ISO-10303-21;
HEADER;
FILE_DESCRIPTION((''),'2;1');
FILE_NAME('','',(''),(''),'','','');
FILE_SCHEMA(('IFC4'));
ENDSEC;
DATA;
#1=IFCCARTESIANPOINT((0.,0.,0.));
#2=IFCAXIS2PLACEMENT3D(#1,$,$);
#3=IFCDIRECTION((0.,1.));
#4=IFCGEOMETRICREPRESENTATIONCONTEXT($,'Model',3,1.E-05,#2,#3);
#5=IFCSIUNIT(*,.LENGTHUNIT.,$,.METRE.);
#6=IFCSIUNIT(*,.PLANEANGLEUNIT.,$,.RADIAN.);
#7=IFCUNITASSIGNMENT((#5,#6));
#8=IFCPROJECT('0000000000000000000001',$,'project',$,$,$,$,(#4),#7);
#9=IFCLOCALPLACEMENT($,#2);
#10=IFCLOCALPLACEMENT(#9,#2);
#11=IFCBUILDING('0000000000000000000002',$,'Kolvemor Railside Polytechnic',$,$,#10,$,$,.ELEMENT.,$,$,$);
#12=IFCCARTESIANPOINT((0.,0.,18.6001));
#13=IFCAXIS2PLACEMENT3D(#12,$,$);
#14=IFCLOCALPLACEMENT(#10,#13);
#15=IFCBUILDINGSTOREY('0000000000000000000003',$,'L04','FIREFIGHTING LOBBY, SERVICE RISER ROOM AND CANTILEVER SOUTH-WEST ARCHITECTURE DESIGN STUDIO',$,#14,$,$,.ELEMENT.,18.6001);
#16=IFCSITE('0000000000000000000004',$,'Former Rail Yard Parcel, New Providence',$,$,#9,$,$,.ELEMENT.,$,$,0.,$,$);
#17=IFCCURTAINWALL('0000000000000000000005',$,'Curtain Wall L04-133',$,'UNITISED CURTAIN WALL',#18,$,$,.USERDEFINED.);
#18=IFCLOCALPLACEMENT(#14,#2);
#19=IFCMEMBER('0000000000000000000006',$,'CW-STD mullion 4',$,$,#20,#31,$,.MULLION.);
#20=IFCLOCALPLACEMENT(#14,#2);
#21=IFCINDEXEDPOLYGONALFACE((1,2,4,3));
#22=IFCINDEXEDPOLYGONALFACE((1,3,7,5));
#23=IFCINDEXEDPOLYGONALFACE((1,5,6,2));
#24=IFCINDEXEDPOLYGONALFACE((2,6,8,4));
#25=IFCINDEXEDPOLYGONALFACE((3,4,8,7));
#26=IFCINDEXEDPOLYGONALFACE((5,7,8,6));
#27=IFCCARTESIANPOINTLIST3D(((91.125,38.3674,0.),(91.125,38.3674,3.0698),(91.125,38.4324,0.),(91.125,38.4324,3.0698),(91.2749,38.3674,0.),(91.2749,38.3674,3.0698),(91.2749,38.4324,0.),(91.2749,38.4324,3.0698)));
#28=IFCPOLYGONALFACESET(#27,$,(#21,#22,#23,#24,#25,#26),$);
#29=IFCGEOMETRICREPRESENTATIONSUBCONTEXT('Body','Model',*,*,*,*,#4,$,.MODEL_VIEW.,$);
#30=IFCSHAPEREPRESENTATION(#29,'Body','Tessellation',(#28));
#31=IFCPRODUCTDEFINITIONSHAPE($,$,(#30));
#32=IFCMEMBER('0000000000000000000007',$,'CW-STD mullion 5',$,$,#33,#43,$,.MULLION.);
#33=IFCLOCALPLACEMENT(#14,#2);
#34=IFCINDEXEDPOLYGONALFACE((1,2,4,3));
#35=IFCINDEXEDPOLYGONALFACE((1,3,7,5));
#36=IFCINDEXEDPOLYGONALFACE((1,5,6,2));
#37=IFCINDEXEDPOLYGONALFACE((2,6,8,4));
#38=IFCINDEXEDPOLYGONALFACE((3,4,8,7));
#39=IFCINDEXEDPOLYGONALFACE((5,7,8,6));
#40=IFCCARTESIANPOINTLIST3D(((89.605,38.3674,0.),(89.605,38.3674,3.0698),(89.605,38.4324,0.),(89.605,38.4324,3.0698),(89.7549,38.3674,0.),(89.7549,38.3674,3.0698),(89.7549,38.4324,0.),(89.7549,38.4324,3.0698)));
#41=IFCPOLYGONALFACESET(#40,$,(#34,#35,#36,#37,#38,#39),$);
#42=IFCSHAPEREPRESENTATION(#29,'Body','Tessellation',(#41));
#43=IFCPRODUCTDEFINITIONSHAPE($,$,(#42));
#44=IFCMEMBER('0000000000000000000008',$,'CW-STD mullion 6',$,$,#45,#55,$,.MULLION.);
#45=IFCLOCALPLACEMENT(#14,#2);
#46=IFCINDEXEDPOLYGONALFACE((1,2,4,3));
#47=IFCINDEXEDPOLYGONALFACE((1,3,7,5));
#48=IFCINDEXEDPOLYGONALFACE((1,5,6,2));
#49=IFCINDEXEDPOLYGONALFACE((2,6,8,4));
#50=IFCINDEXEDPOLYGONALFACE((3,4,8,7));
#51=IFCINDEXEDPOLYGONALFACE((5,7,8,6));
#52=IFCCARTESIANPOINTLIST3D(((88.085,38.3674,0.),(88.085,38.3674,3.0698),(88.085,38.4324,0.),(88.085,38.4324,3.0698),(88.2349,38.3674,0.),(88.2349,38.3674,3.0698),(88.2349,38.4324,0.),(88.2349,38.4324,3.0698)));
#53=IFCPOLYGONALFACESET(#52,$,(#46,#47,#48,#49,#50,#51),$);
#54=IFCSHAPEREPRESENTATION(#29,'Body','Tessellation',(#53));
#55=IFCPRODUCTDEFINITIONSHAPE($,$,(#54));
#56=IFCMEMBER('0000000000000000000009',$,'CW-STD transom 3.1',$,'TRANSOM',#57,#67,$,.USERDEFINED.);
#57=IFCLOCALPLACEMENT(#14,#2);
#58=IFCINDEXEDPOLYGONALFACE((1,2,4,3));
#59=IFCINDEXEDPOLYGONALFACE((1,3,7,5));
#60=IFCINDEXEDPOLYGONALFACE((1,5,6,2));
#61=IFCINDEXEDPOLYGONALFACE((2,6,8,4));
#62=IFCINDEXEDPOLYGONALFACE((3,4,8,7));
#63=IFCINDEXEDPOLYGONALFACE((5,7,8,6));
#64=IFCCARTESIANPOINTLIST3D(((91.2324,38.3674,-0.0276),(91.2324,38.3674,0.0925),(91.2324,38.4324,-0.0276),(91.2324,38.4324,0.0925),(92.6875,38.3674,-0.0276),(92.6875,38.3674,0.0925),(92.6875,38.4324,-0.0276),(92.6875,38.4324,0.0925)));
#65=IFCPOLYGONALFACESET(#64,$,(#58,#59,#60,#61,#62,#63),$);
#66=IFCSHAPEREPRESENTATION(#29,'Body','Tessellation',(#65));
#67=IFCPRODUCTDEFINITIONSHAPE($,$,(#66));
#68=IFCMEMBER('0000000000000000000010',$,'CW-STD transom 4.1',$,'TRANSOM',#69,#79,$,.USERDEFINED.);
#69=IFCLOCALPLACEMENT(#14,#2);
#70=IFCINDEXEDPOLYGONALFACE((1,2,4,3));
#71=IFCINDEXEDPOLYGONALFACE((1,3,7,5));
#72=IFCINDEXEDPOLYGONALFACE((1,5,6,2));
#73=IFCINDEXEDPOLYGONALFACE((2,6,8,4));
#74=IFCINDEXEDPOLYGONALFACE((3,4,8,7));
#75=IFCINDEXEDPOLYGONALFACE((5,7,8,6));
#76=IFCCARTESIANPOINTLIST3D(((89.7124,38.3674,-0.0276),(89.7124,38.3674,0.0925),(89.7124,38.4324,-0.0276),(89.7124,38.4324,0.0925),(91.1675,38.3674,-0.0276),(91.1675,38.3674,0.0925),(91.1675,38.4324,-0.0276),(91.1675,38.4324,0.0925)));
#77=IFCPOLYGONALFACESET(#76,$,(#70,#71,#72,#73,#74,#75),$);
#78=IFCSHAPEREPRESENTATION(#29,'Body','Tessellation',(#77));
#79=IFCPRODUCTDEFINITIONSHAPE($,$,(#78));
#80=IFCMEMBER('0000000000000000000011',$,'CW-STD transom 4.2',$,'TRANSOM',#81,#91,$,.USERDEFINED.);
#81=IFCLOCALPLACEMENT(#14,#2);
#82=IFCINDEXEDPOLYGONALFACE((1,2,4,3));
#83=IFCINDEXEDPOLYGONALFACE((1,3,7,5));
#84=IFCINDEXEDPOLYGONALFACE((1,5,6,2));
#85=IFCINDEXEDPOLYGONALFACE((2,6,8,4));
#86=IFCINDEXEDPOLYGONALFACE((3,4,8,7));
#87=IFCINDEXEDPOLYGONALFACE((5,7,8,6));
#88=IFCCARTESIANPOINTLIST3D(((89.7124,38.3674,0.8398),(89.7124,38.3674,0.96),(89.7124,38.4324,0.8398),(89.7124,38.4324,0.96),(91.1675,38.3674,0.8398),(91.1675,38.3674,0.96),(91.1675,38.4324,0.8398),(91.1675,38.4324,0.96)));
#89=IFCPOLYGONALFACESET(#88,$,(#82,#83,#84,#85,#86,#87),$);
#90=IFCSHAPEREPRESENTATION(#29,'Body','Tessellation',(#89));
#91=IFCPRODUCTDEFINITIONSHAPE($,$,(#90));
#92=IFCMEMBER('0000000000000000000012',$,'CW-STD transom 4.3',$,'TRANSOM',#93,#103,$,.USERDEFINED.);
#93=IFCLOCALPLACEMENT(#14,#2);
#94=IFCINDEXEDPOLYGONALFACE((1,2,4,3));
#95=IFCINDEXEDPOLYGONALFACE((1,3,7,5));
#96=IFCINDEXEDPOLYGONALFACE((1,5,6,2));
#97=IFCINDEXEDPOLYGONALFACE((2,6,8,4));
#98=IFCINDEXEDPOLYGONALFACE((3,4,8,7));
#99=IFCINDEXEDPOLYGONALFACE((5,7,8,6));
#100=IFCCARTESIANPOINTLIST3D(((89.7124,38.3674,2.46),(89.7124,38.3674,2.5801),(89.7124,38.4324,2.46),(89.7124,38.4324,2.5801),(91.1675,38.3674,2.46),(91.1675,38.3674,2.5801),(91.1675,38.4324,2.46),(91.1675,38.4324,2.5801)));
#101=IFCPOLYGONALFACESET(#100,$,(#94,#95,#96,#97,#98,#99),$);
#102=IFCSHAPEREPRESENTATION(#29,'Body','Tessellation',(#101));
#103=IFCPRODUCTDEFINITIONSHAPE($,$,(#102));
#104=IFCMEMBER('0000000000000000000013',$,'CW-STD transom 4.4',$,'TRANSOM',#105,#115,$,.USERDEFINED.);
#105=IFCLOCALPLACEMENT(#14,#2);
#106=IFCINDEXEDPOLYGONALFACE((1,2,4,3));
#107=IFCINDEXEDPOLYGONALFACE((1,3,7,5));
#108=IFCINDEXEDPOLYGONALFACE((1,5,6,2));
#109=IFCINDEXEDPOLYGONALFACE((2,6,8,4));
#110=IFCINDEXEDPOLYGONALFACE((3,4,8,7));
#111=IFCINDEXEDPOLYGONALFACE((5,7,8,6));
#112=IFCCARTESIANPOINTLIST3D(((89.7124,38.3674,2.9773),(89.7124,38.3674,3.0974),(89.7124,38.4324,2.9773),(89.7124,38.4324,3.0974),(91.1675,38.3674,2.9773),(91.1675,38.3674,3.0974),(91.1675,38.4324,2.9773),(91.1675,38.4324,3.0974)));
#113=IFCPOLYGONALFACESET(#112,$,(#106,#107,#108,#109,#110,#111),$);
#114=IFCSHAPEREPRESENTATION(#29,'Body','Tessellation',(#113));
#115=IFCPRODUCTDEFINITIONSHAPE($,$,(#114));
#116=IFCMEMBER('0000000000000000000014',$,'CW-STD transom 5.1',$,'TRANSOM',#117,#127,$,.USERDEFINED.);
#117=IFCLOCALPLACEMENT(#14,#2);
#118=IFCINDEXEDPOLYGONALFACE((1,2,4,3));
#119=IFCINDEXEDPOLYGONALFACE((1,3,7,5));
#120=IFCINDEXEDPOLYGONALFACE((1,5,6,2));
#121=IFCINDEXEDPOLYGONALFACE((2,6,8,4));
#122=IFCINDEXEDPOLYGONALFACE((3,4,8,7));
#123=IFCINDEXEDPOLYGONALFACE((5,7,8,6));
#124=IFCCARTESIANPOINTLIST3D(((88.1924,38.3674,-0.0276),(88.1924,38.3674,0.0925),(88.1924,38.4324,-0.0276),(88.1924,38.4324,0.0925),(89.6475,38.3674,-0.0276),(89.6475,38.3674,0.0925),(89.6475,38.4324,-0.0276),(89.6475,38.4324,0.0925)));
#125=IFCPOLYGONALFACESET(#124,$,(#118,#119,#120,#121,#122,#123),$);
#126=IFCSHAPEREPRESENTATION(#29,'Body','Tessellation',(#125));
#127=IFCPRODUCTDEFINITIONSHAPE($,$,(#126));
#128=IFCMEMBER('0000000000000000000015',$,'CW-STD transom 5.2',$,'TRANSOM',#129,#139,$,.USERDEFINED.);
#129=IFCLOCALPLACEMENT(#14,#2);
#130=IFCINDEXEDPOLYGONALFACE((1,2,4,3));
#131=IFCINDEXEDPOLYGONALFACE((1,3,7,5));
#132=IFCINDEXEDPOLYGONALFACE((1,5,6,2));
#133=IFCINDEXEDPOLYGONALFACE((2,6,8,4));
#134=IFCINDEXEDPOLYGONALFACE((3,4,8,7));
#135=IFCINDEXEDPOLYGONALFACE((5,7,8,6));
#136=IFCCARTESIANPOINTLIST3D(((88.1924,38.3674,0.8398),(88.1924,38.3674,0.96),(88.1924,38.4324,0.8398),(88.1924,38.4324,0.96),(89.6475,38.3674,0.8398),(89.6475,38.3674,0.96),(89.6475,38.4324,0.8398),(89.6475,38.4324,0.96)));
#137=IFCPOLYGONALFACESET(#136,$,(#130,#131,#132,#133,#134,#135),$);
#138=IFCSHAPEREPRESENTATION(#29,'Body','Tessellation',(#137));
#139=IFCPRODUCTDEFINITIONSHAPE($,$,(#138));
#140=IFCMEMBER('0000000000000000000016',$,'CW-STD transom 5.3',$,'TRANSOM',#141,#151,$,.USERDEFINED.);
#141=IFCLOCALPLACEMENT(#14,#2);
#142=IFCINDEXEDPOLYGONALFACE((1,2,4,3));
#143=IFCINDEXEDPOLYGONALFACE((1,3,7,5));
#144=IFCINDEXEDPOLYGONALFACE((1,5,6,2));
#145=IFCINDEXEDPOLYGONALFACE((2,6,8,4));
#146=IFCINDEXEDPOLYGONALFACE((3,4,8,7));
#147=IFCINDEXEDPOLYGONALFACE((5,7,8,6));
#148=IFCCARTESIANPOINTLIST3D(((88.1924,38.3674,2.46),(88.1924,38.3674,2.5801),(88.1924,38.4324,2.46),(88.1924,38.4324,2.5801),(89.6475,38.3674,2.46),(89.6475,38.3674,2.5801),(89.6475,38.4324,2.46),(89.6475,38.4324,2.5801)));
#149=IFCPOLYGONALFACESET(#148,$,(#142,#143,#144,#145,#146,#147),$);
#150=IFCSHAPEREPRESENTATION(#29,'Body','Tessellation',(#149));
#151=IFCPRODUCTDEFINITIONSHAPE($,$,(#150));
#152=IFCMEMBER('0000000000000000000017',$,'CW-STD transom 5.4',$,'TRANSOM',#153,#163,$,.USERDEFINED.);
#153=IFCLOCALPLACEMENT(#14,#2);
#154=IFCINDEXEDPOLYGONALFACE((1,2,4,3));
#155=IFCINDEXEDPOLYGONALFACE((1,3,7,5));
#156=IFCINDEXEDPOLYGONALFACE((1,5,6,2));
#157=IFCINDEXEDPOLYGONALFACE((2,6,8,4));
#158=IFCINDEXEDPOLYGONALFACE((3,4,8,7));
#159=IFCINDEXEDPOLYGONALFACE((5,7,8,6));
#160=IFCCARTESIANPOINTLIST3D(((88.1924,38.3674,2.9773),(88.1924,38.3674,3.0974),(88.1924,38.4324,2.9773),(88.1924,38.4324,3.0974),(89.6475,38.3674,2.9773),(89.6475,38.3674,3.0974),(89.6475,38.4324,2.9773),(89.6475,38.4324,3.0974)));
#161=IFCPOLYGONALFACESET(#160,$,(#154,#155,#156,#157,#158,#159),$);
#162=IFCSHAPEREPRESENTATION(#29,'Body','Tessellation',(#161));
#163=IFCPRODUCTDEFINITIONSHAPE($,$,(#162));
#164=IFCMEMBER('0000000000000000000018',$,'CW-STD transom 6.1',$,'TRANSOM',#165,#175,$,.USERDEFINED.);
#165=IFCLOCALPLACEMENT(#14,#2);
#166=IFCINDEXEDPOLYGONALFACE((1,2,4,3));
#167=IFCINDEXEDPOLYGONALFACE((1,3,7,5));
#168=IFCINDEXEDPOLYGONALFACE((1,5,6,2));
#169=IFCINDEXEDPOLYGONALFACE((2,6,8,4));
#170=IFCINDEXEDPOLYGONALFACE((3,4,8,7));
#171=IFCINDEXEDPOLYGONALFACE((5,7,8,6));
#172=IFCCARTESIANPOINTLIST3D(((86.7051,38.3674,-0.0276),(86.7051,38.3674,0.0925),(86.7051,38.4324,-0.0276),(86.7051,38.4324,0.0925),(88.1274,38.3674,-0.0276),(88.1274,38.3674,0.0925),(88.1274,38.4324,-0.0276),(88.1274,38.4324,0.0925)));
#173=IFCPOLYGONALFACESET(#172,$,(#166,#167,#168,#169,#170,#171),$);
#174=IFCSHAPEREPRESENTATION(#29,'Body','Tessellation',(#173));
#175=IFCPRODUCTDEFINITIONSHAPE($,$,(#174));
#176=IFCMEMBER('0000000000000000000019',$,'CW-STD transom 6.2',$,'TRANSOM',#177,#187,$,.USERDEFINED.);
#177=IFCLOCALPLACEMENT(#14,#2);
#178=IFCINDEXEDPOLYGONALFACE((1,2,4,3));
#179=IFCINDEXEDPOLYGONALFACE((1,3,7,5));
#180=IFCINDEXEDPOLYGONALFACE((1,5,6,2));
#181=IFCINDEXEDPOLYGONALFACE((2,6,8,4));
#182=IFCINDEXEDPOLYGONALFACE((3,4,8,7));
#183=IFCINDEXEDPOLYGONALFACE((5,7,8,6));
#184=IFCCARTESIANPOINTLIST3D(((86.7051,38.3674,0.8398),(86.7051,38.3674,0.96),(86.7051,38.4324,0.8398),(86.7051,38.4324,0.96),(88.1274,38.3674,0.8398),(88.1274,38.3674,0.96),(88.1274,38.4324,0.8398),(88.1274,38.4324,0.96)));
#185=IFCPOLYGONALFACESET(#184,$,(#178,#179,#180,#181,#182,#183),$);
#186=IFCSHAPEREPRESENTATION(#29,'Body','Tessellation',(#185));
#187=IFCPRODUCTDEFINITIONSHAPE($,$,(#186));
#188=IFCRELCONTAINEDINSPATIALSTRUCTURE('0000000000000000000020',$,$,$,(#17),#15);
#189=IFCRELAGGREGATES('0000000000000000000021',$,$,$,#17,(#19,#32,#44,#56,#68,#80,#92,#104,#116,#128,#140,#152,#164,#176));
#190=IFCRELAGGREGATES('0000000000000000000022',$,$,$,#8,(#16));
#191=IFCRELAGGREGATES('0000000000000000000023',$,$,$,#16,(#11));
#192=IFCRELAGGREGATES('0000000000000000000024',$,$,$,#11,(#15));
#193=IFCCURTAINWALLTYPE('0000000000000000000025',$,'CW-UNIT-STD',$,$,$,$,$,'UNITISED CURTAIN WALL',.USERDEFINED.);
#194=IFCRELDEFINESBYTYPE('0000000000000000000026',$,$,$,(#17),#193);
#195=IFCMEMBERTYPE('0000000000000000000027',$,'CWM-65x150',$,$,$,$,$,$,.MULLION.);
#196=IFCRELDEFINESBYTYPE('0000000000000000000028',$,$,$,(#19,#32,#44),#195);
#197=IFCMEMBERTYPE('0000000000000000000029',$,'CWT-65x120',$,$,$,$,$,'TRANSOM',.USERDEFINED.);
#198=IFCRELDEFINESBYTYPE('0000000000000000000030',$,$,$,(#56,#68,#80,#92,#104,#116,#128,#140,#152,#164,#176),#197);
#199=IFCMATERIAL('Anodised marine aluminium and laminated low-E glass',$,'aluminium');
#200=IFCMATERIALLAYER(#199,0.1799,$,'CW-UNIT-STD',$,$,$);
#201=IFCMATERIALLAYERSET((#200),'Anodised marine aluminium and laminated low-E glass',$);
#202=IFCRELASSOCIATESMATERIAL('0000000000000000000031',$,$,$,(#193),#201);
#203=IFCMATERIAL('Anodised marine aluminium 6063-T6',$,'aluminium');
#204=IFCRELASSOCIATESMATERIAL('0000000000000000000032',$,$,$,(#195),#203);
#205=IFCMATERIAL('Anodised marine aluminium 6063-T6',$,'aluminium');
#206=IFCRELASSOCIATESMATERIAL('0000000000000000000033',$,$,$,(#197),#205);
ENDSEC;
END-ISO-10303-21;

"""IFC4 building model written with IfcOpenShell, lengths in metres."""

from ifc_helpers import new_model, si_unit, direction, frame, origin, origin_2d, place, context, subcontext, project, spatial, rectangle, extrude, material, layer, layer_set, material_profile, profile_set, type_object, element, aggregate, save


model = new_model("IFC4")

# Units and contexts
model_context = context("Model", 3, precision=1e-05, world=origin(), true_north=direction((0.0, 1.0)))
body_context = subcontext(model_context, "Body", "Model", "MODEL_VIEW")
ifc_project = project(units=[si_unit("LENGTHUNIT", "METRE"), si_unit("PLANEANGLEUNIT", "RADIAN")], contexts=[model_context])

# Site, building, storey
site_placement = place(None, origin())
site = spatial("IfcSite", under=ifc_project, at=site_placement, Name="Former Rail Yard Parcel, New Providence", CompositionType="ELEMENT", RefElevation=0.0)
building_placement = place(site_placement, origin())
building = spatial("IfcBuilding", under=site, at=building_placement, Name="Kolvemor Railside Polytechnic", CompositionType="ELEMENT")
storey_placement = place(building_placement, frame((0.0, 0.0, 18.6001)))
storey = spatial("IfcBuildingStorey", under=building, at=storey_placement, Name="L04", Description="FIREFIGHTING LOBBY, SERVICE RISER ROOM AND CANTILEVER SOUTH-WEST ARCHITECTURE DESIGN STUDIO", CompositionType="ELEMENT", Elevation=18.6001)

# Curtain wall, members
ifc_material_1 = material(Name="Anodised marine aluminium and laminated low-E glass", Category="aluminium")
ifc_layer_1 = layer(ifc_material_1, 0.1799, Name="CW-UNIT-STD")
ifc_layer_set_1 = layer_set([ifc_layer_1], Name="Anodised marine aluminium and laminated low-E glass")
curtain_wall_type = type_object("IfcCurtainWallType", Name="CW-UNIT-STD", ElementType="UNITISED CURTAIN WALL", PredefinedType="USERDEFINED", material=ifc_layer_set_1)
curtain_wall_placement = place(storey_placement, origin())
curtain_wall = element("IfcCurtainWall", 1, at=curtain_wall_placement, inside=storey, type_object=curtain_wall_type, Name="Curtain Wall L04-133", ObjectType="UNITISED CURTAIN WALL", PredefinedType="USERDEFINED")
ifc_material_2 = material(Name="Anodised marine aluminium 6063-T6", Category="aluminium")
ifc_material_profile_1 = material_profile(ifc_material_2, rectangle(XDim=0.0649, YDim=0.1499, at=origin_2d()), Name="CW-MUL-65x150")
ifc_profile_set_1 = profile_set([ifc_material_profile_1], Name="Anodised marine aluminium 6063-T6")
member_type_1 = type_object("IfcMemberType", Name="CWM-65x150", PredefinedType="MULLION", material=ifc_profile_set_1)
member_1_placement = place(storey_placement, frame((91.2, 38.3999, 0.0), z_axis=(0.0, 0.0, 1.0), x_axis=(0.0, -1.0, 0.0)))
member_1 = element("IfcMember", 2, at=member_1_placement, type_object=member_type_1, Name="CW-STD mullion 4", PredefinedType="MULLION", context=body_context, shape_type="SweptSolid", body=[
    extrude(rectangle(XDim=0.0649, YDim=0.1499, at=origin_2d()), origin(), (0.0, 0.0, 1.0), 3.0698),
])
member_2_placement = place(storey_placement, frame((89.6799, 38.3999, 0.0), z_axis=(0.0, 0.0, 1.0), x_axis=(0.0, -1.0, 0.0)))
member_2 = element("IfcMember", 3, at=member_2_placement, type_object=member_type_1, Name="CW-STD mullion 5", PredefinedType="MULLION", context=body_context, shape_type="SweptSolid", body=[
    extrude(rectangle(XDim=0.0649, YDim=0.1499, at=origin_2d()), origin(), (0.0, 0.0, 1.0), 3.0698),
])
member_3_placement = place(storey_placement, frame((88.1599, 38.3999, 0.0), z_axis=(0.0, 0.0, 1.0), x_axis=(0.0, -1.0, 0.0)))
member_3 = element("IfcMember", 4, at=member_3_placement, type_object=member_type_1, Name="CW-STD mullion 6", PredefinedType="MULLION", context=body_context, shape_type="SweptSolid", body=[
    extrude(rectangle(XDim=0.0649, YDim=0.1499, at=origin_2d()), origin(), (0.0, 0.0, 1.0), 3.0698),
])
ifc_material_3 = material(Name="Anodised marine aluminium 6063-T6", Category="aluminium")
ifc_material_profile_2 = material_profile(ifc_material_3, rectangle(XDim=0.0649, YDim=0.1201, at=origin_2d()), Name="CW-TRN-65x120")
ifc_profile_set_2 = profile_set([ifc_material_profile_2], Name="Anodised marine aluminium 6063-T6")
member_type_2 = type_object("IfcMemberType", Name="CWT-65x120", ElementType="TRANSOM", PredefinedType="USERDEFINED", material=ifc_profile_set_2)
member_4_placement = place(storey_placement, frame((92.6875, 38.3999, 0.0325), z_axis=(-1.0, 0.0, 0.0), x_axis=(0.0, -1.0, 0.0)))
member_4 = element("IfcMember", 5, at=member_4_placement, type_object=member_type_2, Name="CW-STD transom 3.1", ObjectType="TRANSOM", PredefinedType="USERDEFINED", context=body_context, shape_type="SweptSolid", body=[
    extrude(rectangle(XDim=0.0649, YDim=0.1201, at=origin_2d()), origin(), (0.0, 0.0, 1.0), 1.4551),
])
member_5_placement = place(storey_placement, frame((91.1675, 38.3999, 0.0325), z_axis=(-1.0, 0.0, 0.0), x_axis=(0.0, -1.0, 0.0)))
member_5 = element("IfcMember", 6, at=member_5_placement, type_object=member_type_2, Name="CW-STD transom 4.1", ObjectType="TRANSOM", PredefinedType="USERDEFINED", context=body_context, shape_type="SweptSolid", body=[
    extrude(rectangle(XDim=0.0649, YDim=0.1201, at=origin_2d()), origin(), (0.0, 0.0, 1.0), 1.4551),
])
member_6_placement = place(storey_placement, frame((91.1675, 38.3999, 0.8999), z_axis=(-1.0, 0.0, 0.0), x_axis=(0.0, -1.0, 0.0)))
member_6 = element("IfcMember", 7, at=member_6_placement, type_object=member_type_2, Name="CW-STD transom 4.2", ObjectType="TRANSOM", PredefinedType="USERDEFINED", context=body_context, shape_type="SweptSolid", body=[
    extrude(rectangle(XDim=0.0649, YDim=0.1201, at=origin_2d()), origin(), (0.0, 0.0, 1.0), 1.4551),
])
member_7_placement = place(storey_placement, frame((91.1675, 38.3999, 2.52), z_axis=(-1.0, 0.0, 0.0), x_axis=(0.0, -1.0, 0.0)))
member_7 = element("IfcMember", 8, at=member_7_placement, type_object=member_type_2, Name="CW-STD transom 4.3", ObjectType="TRANSOM", PredefinedType="USERDEFINED", context=body_context, shape_type="SweptSolid", body=[
    extrude(rectangle(XDim=0.0649, YDim=0.1201, at=origin_2d()), origin(), (0.0, 0.0, 1.0), 1.4551),
])
member_8_placement = place(storey_placement, frame((91.1675, 38.3999, 3.0374), z_axis=(-1.0, 0.0, 0.0), x_axis=(0.0, -1.0, 0.0)))
member_8 = element("IfcMember", 9, at=member_8_placement, type_object=member_type_2, Name="CW-STD transom 4.4", ObjectType="TRANSOM", PredefinedType="USERDEFINED", context=body_context, shape_type="SweptSolid", body=[
    extrude(rectangle(XDim=0.0649, YDim=0.1201, at=origin_2d()), origin(), (0.0, 0.0, 1.0), 1.4551),
])
member_9_placement = place(storey_placement, frame((89.6475, 38.3999, 0.0325), z_axis=(-1.0, 0.0, 0.0), x_axis=(0.0, -1.0, 0.0)))
member_9 = element("IfcMember", 10, at=member_9_placement, type_object=member_type_2, Name="CW-STD transom 5.1", ObjectType="TRANSOM", PredefinedType="USERDEFINED", context=body_context, shape_type="SweptSolid", body=[
    extrude(rectangle(XDim=0.0649, YDim=0.1201, at=origin_2d()), origin(), (0.0, 0.0, 1.0), 1.4551),
])
member_10_placement = place(storey_placement, frame((89.6475, 38.3999, 0.8999), z_axis=(-1.0, 0.0, 0.0), x_axis=(0.0, -1.0, 0.0)))
member_10 = element("IfcMember", 11, at=member_10_placement, type_object=member_type_2, Name="CW-STD transom 5.2", ObjectType="TRANSOM", PredefinedType="USERDEFINED", context=body_context, shape_type="SweptSolid", body=[
    extrude(rectangle(XDim=0.0649, YDim=0.1201, at=origin_2d()), origin(), (0.0, 0.0, 1.0), 1.4551),
])
member_11_placement = place(storey_placement, frame((89.6475, 38.3999, 2.52), z_axis=(-1.0, 0.0, 0.0), x_axis=(0.0, -1.0, 0.0)))
member_11 = element("IfcMember", 12, at=member_11_placement, type_object=member_type_2, Name="CW-STD transom 5.3", ObjectType="TRANSOM", PredefinedType="USERDEFINED", context=body_context, shape_type="SweptSolid", body=[
    extrude(rectangle(XDim=0.0649, YDim=0.1201, at=origin_2d()), origin(), (0.0, 0.0, 1.0), 1.4551),
])
member_12_placement = place(storey_placement, frame((89.6475, 38.3999, 3.0374), z_axis=(-1.0, 0.0, 0.0), x_axis=(0.0, -1.0, 0.0)))
member_12 = element("IfcMember", 13, at=member_12_placement, type_object=member_type_2, Name="CW-STD transom 5.4", ObjectType="TRANSOM", PredefinedType="USERDEFINED", context=body_context, shape_type="SweptSolid", body=[
    extrude(rectangle(XDim=0.0649, YDim=0.1201, at=origin_2d()), origin(), (0.0, 0.0, 1.0), 1.4551),
])
member_13_placement = place(storey_placement, frame((88.1274, 38.3999, 0.0325), z_axis=(-1.0, 0.0, 0.0), x_axis=(0.0, -1.0, 0.0)))
member_13 = element("IfcMember", 14, at=member_13_placement, type_object=member_type_2, Name="CW-STD transom 6.1", ObjectType="TRANSOM", PredefinedType="USERDEFINED", context=body_context, shape_type="SweptSolid", body=[
    extrude(rectangle(XDim=0.0649, YDim=0.1201, at=origin_2d()), origin(), (0.0, 0.0, 1.0), 1.4224),
])
member_14_placement = place(storey_placement, frame((88.1274, 38.3999, 0.8999), z_axis=(-1.0, 0.0, 0.0), x_axis=(0.0, -1.0, 0.0)))
member_14 = element("IfcMember", 15, at=member_14_placement, type_object=member_type_2, Name="CW-STD transom 6.2", ObjectType="TRANSOM", PredefinedType="USERDEFINED", context=body_context, shape_type="SweptSolid", body=[
    extrude(rectangle(XDim=0.0649, YDim=0.1201, at=origin_2d()), origin(), (0.0, 0.0, 1.0), 1.4224),
])
aggregate(curtain_wall, [member_1, member_2, member_3, member_4, member_5, member_6, member_7, member_8, member_9, member_10, member_11, member_12, member_13, member_14])

save(model, "model.ifc")
